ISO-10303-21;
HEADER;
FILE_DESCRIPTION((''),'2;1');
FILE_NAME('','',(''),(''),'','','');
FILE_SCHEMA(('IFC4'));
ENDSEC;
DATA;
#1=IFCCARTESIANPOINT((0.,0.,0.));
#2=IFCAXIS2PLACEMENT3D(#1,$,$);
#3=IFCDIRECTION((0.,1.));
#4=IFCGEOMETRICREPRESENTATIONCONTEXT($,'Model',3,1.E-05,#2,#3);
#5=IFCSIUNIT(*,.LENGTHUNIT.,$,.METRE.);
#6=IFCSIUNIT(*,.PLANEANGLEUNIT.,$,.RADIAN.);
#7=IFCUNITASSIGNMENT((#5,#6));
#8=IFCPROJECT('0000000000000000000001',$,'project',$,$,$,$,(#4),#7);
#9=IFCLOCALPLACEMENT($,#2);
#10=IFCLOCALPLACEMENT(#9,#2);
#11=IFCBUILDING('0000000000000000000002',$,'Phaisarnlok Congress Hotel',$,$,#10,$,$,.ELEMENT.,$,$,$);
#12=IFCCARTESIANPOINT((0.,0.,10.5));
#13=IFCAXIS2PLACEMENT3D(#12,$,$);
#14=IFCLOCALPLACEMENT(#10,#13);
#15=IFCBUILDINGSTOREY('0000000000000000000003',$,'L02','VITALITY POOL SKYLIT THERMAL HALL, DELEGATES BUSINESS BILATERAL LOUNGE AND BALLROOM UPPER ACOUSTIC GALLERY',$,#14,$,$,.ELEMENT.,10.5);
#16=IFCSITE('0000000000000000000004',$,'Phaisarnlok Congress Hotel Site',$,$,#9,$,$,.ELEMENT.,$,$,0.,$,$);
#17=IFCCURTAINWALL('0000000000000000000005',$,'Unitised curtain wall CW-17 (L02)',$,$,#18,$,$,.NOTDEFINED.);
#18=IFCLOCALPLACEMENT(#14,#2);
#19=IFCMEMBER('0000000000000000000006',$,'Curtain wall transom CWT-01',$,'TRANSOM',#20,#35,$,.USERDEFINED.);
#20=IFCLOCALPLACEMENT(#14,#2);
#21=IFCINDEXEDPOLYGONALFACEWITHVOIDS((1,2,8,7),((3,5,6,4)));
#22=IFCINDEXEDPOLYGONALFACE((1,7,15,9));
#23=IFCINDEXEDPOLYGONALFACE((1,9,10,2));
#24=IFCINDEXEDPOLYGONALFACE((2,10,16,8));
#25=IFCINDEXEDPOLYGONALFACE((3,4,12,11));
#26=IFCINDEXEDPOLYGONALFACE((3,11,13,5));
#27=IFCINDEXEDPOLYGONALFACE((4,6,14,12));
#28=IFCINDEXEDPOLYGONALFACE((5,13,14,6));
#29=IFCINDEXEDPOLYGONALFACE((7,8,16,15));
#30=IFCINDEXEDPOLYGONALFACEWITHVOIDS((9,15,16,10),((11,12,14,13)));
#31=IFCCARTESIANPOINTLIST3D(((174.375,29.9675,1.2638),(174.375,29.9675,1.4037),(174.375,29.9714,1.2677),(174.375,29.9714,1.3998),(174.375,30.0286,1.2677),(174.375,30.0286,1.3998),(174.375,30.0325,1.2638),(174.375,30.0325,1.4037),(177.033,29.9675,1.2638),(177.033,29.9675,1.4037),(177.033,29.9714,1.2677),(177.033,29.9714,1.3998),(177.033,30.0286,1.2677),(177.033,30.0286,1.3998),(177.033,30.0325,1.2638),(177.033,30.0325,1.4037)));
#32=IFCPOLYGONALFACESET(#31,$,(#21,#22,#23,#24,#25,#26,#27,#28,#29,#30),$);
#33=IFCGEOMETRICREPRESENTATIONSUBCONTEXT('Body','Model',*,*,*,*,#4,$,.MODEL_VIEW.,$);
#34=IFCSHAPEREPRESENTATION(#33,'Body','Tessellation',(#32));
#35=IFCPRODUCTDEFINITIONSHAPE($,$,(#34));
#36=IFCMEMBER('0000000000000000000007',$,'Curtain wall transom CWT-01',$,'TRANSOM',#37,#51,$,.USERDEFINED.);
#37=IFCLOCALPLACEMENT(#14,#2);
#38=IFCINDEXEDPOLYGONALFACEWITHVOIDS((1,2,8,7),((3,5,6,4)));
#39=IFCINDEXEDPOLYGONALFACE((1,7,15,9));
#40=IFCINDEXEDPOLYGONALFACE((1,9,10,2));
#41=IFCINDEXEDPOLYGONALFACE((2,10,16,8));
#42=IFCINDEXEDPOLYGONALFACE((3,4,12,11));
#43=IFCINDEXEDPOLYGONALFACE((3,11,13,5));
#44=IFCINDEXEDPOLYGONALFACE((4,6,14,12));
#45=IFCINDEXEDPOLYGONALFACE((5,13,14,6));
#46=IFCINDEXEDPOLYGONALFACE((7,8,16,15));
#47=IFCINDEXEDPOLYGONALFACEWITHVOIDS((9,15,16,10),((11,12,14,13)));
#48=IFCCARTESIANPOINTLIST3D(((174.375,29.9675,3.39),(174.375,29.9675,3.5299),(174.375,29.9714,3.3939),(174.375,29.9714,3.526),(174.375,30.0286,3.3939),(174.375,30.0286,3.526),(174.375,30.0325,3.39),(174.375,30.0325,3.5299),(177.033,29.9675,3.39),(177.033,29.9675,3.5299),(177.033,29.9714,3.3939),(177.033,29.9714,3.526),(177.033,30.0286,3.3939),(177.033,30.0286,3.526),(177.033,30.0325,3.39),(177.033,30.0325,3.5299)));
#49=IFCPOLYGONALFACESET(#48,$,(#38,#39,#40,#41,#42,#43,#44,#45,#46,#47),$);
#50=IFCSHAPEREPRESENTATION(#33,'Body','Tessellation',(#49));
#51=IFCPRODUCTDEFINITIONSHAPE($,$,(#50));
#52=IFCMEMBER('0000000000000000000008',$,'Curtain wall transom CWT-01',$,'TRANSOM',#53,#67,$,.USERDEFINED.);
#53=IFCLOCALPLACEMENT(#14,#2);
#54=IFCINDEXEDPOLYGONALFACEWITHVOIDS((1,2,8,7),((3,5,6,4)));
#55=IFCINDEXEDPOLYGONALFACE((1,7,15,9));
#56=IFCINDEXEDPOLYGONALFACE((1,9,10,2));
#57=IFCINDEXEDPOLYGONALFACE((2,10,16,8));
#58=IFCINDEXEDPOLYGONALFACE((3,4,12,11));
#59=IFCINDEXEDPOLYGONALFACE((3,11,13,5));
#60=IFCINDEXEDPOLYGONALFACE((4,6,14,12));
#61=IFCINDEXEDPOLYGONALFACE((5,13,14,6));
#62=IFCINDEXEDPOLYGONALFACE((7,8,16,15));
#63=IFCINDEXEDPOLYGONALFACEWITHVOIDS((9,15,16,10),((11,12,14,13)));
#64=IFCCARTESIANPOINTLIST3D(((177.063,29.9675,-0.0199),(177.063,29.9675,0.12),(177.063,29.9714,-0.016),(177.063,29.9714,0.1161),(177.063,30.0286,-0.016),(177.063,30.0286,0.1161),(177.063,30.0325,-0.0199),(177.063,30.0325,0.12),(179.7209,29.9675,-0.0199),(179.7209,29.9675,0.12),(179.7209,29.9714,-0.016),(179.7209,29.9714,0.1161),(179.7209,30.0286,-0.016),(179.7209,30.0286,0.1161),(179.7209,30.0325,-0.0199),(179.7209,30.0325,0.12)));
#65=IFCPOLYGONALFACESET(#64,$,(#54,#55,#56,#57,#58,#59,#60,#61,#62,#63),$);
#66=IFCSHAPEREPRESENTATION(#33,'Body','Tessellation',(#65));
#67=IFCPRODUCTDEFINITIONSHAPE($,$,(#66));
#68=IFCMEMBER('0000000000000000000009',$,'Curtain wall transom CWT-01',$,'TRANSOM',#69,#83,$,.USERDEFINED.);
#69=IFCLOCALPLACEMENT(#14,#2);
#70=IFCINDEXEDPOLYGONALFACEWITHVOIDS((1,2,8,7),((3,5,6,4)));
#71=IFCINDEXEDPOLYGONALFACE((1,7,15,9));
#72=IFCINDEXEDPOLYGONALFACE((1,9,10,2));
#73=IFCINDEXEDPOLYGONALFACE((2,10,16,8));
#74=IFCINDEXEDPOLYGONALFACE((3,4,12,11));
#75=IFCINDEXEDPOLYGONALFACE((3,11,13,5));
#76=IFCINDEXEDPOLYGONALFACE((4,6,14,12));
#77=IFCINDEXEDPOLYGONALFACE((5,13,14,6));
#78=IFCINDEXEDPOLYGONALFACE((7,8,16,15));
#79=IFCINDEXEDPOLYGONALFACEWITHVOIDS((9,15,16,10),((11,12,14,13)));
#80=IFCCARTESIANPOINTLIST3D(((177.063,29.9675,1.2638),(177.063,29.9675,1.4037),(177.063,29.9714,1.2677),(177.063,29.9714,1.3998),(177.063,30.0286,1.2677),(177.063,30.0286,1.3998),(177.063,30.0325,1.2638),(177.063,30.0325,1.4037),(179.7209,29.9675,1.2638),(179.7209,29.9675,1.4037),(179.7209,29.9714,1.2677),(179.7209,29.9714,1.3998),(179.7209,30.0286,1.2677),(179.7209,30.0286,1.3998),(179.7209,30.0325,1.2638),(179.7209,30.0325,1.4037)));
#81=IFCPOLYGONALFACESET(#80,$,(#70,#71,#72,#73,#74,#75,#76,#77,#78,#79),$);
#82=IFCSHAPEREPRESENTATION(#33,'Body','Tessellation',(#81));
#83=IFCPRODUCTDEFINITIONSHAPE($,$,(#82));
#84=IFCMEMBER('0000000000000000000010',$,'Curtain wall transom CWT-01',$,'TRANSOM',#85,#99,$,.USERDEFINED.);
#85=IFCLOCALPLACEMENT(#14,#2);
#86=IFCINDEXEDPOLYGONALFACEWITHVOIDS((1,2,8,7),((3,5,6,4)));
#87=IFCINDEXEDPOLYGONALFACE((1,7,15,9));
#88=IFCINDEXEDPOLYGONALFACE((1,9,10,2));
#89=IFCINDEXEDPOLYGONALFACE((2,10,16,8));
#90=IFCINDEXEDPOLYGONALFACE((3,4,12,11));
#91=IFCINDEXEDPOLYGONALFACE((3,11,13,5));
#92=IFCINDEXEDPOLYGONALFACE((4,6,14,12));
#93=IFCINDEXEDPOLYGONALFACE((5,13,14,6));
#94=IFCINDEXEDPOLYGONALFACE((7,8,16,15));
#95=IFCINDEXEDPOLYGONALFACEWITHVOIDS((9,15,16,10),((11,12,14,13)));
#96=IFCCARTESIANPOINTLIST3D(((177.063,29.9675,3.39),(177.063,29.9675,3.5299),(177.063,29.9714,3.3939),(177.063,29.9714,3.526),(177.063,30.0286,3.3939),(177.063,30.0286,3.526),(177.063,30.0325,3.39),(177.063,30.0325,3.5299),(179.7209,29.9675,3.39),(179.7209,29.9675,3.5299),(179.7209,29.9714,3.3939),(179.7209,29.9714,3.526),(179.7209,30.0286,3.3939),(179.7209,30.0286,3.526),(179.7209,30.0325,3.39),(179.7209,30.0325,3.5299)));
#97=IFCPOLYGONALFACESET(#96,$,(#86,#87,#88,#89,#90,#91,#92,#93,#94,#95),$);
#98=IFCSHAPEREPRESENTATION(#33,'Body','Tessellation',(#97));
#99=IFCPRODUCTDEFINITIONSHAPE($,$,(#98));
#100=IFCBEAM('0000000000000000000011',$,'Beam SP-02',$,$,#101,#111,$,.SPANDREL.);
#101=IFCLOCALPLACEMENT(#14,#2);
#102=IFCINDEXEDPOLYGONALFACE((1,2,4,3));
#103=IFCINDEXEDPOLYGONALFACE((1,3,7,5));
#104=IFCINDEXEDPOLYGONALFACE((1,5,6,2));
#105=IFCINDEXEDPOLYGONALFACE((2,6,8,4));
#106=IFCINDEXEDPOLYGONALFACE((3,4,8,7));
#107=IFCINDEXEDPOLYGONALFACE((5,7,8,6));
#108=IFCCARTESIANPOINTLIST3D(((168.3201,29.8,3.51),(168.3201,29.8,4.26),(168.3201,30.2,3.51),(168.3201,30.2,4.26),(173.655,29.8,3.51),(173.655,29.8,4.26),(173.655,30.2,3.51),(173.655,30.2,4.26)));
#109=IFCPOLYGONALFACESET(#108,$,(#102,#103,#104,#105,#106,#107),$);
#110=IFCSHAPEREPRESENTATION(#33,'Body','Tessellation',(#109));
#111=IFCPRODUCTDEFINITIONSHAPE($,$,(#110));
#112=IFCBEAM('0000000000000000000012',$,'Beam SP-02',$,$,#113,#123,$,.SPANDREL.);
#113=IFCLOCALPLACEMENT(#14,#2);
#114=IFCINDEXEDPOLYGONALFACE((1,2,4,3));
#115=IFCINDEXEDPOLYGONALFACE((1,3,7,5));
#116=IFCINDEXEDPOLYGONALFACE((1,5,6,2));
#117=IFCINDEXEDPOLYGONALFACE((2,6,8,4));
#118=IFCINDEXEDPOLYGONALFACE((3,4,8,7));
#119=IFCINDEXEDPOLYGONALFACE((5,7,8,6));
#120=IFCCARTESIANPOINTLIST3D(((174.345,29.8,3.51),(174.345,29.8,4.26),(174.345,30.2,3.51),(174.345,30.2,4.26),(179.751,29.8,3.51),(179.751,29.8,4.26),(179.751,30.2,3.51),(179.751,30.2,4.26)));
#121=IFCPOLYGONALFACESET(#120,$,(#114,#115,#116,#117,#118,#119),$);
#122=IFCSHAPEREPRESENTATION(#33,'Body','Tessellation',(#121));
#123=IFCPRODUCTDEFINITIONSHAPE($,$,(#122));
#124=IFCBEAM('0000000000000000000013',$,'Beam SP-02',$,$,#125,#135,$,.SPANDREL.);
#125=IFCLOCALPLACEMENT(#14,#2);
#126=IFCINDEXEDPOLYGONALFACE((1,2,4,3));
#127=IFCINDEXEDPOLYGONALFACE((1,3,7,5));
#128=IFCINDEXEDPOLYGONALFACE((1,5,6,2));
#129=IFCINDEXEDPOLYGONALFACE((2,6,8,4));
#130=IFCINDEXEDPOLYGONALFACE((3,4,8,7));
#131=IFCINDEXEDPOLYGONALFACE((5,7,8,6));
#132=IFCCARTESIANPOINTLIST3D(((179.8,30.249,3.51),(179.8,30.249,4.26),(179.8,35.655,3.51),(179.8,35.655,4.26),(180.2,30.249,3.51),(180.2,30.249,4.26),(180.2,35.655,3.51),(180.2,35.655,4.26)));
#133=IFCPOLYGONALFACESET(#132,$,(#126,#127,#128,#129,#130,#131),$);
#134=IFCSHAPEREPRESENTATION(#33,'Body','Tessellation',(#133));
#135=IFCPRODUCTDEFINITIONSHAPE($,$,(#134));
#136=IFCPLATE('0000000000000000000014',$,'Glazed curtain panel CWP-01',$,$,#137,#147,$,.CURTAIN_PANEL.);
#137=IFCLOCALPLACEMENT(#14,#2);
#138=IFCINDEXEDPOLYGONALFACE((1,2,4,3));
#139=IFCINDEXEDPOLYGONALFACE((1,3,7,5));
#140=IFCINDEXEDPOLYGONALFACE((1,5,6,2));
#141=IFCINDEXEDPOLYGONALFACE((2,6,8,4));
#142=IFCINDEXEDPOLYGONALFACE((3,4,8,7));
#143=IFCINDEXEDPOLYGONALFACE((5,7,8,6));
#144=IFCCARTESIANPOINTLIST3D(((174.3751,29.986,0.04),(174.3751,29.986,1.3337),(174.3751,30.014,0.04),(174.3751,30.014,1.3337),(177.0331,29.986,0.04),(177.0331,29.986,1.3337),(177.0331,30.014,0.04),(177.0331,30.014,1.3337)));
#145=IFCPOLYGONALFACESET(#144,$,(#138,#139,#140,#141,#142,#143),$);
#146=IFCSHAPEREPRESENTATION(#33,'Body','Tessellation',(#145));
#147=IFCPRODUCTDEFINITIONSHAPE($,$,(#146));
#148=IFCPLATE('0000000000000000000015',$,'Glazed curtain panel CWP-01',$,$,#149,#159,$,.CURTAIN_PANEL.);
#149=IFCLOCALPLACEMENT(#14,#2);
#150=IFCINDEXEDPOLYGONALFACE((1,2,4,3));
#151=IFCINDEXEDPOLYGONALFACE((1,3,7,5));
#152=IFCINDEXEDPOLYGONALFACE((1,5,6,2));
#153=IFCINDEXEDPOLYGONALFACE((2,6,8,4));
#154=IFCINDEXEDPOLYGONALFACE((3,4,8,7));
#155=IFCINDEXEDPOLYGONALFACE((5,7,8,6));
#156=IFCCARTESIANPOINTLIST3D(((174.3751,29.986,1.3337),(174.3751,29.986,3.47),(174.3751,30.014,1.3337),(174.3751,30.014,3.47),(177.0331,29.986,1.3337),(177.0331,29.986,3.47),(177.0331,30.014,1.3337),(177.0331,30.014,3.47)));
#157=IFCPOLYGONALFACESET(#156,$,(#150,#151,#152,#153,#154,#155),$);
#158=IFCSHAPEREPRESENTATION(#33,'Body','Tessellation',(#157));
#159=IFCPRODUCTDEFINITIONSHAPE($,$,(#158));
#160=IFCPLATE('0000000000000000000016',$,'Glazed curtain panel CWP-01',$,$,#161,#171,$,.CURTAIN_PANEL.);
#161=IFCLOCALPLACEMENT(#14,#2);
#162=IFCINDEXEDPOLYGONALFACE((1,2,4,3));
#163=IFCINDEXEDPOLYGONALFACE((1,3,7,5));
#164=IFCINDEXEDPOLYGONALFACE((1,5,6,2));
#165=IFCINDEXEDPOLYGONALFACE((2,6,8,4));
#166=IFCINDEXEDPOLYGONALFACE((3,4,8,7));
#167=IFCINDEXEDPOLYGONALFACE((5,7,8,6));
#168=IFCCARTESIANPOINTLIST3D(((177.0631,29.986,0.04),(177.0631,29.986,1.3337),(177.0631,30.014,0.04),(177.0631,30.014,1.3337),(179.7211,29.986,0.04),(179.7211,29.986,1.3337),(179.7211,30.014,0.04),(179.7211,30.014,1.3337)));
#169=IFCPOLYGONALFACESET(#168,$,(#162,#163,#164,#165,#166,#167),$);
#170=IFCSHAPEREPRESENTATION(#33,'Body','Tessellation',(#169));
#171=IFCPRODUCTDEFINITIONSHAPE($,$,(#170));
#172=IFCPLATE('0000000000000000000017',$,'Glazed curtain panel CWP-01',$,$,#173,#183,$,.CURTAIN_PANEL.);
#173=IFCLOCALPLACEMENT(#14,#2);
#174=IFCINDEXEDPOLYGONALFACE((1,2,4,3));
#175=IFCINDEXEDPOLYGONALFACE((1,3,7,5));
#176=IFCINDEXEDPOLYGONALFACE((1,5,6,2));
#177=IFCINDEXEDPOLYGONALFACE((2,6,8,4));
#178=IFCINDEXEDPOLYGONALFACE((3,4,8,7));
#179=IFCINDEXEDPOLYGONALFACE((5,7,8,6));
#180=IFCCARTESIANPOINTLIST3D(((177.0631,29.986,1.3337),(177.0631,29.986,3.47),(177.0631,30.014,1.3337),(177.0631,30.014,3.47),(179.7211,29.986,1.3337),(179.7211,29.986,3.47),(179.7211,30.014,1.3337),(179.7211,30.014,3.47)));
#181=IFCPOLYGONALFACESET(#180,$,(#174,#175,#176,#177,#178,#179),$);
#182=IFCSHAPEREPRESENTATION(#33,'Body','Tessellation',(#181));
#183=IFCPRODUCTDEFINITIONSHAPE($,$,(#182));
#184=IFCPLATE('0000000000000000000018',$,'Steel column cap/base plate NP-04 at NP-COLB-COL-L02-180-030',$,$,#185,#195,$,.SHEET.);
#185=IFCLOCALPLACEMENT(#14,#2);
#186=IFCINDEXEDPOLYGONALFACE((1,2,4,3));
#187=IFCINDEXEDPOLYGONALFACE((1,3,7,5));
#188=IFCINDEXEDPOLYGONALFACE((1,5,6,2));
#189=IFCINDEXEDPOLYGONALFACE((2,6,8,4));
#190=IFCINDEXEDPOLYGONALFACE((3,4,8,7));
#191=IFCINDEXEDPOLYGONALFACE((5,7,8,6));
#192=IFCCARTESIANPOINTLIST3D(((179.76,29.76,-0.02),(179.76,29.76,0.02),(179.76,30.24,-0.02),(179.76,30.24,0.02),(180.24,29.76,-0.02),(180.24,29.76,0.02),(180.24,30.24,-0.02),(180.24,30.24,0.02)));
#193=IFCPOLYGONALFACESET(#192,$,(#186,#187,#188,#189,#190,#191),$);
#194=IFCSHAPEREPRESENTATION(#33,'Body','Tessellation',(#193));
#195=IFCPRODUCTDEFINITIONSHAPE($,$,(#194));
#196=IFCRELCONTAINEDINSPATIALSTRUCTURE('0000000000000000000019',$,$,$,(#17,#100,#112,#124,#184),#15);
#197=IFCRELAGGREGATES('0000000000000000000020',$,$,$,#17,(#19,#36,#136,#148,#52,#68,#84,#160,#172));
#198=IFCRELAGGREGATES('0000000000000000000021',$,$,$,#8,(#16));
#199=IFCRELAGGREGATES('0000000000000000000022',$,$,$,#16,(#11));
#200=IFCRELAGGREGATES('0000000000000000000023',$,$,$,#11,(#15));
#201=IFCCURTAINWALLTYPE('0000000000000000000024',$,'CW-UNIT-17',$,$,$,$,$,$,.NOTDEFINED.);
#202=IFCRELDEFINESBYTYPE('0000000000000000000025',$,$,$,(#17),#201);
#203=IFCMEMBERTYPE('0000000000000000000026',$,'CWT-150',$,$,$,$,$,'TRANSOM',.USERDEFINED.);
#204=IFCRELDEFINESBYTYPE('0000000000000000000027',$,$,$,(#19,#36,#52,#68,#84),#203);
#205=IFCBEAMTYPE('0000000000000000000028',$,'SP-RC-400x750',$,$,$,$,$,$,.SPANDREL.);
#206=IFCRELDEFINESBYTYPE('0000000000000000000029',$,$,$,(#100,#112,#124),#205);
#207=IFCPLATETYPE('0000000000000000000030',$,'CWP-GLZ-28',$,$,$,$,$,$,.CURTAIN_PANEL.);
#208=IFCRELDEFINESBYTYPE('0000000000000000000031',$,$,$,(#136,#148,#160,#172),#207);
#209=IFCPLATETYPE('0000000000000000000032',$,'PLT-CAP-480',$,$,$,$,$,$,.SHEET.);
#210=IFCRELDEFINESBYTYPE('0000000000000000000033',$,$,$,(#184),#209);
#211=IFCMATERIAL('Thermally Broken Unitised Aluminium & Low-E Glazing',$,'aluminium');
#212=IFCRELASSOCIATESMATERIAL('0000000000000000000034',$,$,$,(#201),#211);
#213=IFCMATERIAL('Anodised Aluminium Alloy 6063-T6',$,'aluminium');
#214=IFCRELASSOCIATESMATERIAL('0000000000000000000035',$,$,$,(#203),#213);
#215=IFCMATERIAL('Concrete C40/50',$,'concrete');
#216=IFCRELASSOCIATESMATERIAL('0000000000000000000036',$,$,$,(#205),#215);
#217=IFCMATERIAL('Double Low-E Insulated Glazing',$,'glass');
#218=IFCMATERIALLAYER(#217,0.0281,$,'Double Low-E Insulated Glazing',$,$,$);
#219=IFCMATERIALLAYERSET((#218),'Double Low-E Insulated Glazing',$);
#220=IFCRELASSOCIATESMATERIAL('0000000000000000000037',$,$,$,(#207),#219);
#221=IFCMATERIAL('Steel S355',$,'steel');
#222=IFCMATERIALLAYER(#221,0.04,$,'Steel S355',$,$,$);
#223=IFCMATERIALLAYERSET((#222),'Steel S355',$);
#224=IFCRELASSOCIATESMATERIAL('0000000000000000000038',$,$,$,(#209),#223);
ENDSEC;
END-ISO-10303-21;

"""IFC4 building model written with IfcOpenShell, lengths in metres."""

from ifc_helpers import new_model, si_unit, direction, frame, frame_2d, origin, origin_2d, place, context, subcontext, project, spatial, rectangle, hollow_rectangle, extrude, material, layer, layer_set, material_profile, profile_set, type_object, element, aggregate, save


model = new_model("IFC4")

# Units and contexts
model_context = context("Model", 3, precision=1e-05, world=origin(), true_north=direction((0.0, 1.0)))
body_context = subcontext(model_context, "Body", "Model", "MODEL_VIEW")
ifc_project = project(units=[si_unit("LENGTHUNIT", "METRE"), si_unit("PLANEANGLEUNIT", "RADIAN")], contexts=[model_context])

# Site, building, storey
site_placement = place(None, origin())
site = spatial("IfcSite", under=ifc_project, at=site_placement, Name="Phaisarnlok Congress Hotel Site", CompositionType="ELEMENT", RefElevation=0.0)
building_placement = place(site_placement, origin())
building = spatial("IfcBuilding", under=site, at=building_placement, Name="Phaisarnlok Congress Hotel", CompositionType="ELEMENT")
storey_placement = place(building_placement, frame((0.0, 0.0, 10.5)))
storey = spatial("IfcBuildingStorey", under=building, at=storey_placement, Name="L02", Description="VITALITY POOL SKYLIT THERMAL HALL, DELEGATES BUSINESS BILATERAL LOUNGE AND BALLROOM UPPER ACOUSTIC GALLERY", CompositionType="ELEMENT", Elevation=10.5)

# Shared definitions
ifc_material_1 = material(Name="Steel S355", Category="steel")

# Shared definitions
ifc_material_2 = material(Name="Concrete C40/50", Category="concrete")

# Curtain wall, members
ifc_material_3 = material(Name="Thermally Broken Unitised Aluminium & Low-E Glazing", Category="aluminium")
curtain_wall_type = type_object("IfcCurtainWallType", Name="CW-UNIT-17", PredefinedType="NOTDEFINED", material=ifc_material_3)
curtain_wall_placement = place(storey_placement, origin())
curtain_wall = element("IfcCurtainWall", 1, at=curtain_wall_placement, inside=storey, type_object=curtain_wall_type, Name="Unitised curtain wall CW-17 (L02)", PredefinedType="NOTDEFINED")
ifc_material_4 = material(Name="Anodised Aluminium Alloy 6063-T6", Category="aluminium")
ifc_material_profile_1 = material_profile(ifc_material_4, hollow_rectangle(XDim=0.0649, YDim=0.1399, WallThickness=0.0039, at=origin_2d()), Name="ALU-T 65x140x4")
ifc_profile_set_1 = profile_set([ifc_material_profile_1], Name="Anodised Aluminium Alloy 6063-T6")
member_type_1 = type_object("IfcMemberType", Name="CWT-150", ElementType="TRANSOM", PredefinedType="USERDEFINED", material=ifc_profile_set_1)
member_1_placement = place(storey_placement, frame((174.375, 30.0, 1.3337), z_axis=(1.0, 0.0, 0.0), x_axis=(0.0, 1.0, 0.0)))
member_1 = element("IfcMember", 2, at=member_1_placement, type_object=member_type_1, Name="Curtain wall transom CWT-01", ObjectType="TRANSOM", PredefinedType="USERDEFINED", context=body_context, shape_type="SweptSolid", body=[
    extrude(hollow_rectangle(XDim=0.0649, YDim=0.1399, WallThickness=0.0039, at=origin_2d()), origin(), (0.0, 0.0, 1.0), 2.658),
])
member_2_placement = place(storey_placement, frame((174.375, 30.0, 3.46), z_axis=(1.0, 0.0, 0.0), x_axis=(0.0, 1.0, 0.0)))
member_2 = element("IfcMember", 3, at=member_2_placement, type_object=member_type_1, Name="Curtain wall transom CWT-01", ObjectType="TRANSOM", PredefinedType="USERDEFINED", context=body_context, shape_type="SweptSolid", body=[
    extrude(hollow_rectangle(XDim=0.0649, YDim=0.1399, WallThickness=0.0039, at=origin_2d()), origin(), (0.0, 0.0, 1.0), 2.658),
])
member_3_placement = place(storey_placement, frame((177.063, 30.0, 0.05), z_axis=(1.0, 0.0, 0.0), x_axis=(0.0, 1.0, 0.0)))
member_3 = element("IfcMember", 4, at=member_3_placement, type_object=member_type_1, Name="Curtain wall transom CWT-01", ObjectType="TRANSOM", PredefinedType="USERDEFINED", context=body_context, shape_type="SweptSolid", body=[
    extrude(hollow_rectangle(XDim=0.0649, YDim=0.1399, WallThickness=0.0039, at=origin_2d()), origin(), (0.0, 0.0, 1.0), 2.658),
])
member_4_placement = place(storey_placement, frame((177.063, 30.0, 1.3337), z_axis=(1.0, 0.0, 0.0), x_axis=(0.0, 1.0, 0.0)))
member_4 = element("IfcMember", 5, at=member_4_placement, type_object=member_type_1, Name="Curtain wall transom CWT-01", ObjectType="TRANSOM", PredefinedType="USERDEFINED", context=body_context, shape_type="SweptSolid", body=[
    extrude(hollow_rectangle(XDim=0.0649, YDim=0.1399, WallThickness=0.0039, at=origin_2d()), origin(), (0.0, 0.0, 1.0), 2.658),
])
member_5_placement = place(storey_placement, frame((177.063, 30.0, 3.46), z_axis=(1.0, 0.0, 0.0), x_axis=(0.0, 1.0, 0.0)))
member_5 = element("IfcMember", 6, at=member_5_placement, type_object=member_type_1, Name="Curtain wall transom CWT-01", ObjectType="TRANSOM", PredefinedType="USERDEFINED", context=body_context, shape_type="SweptSolid", body=[
    extrude(hollow_rectangle(XDim=0.0649, YDim=0.1399, WallThickness=0.0039, at=origin_2d()), origin(), (0.0, 0.0, 1.0), 2.658),
])

# Beams
ifc_material_profile_2 = material_profile(ifc_material_2, rectangle(XDim=0.3999, YDim=0.75, at=origin_2d()), Name="RC 400x750")
ifc_profile_set_2 = profile_set([ifc_material_profile_2], Name="Concrete C40/50")
beam_type_1 = type_object("IfcBeamType", Name="SP-RC-400x750", PredefinedType="SPANDREL", material=ifc_profile_set_2)
beam_1_placement = place(storey_placement, frame((168.3201, 30.0, 3.885), z_axis=(1.0, 0.0, 0.0), x_axis=(0.0, 1.0, 0.0)))
element("IfcBeam", 7, at=beam_1_placement, inside=storey, type_object=beam_type_1, Name="Beam SP-02", PredefinedType="SPANDREL", context=body_context, shape_type="SweptSolid", body=[
    extrude(rectangle(XDim=0.3999, YDim=0.75, at=origin_2d()), origin(), (0.0, 0.0, 1.0), 5.335),
])
for number, where, z_axis, x_axis, name in (
    (8, (174.345, 30.0, 3.885), (1.0, 0.0, 0.0), (0.0, 1.0, 0.0), "Beam SP-02"),
    (9, (180.0, 30.249, 3.885), (0.0, 1.0, 0.0), (-1.0, 0.0, 0.0), "Beam SP-02"),
):
    element("IfcBeam", number, at=place(storey_placement, frame(where, z_axis=z_axis, x_axis=x_axis)), inside=storey, type_object=beam_type_1, Name=name, PredefinedType="SPANDREL", context=body_context, shape_type="SweptSolid", body=[
        extrude(rectangle(XDim=0.3999, YDim=0.75, at=origin_2d()), origin(), (0.0, 0.0, 1.0), 5.406),
    ])

# Plates
ifc_material_5 = material(Name="Double Low-E Insulated Glazing", Category="glass")
ifc_layer_1 = layer(ifc_material_5, 0.0281, Name="Double Low-E Insulated Glazing")
ifc_layer_set_1 = layer_set([ifc_layer_1], Name="Double Low-E Insulated Glazing")
plate_type_1 = type_object("IfcPlateType", Name="CWP-GLZ-28", PredefinedType="CURTAIN_PANEL", material=ifc_layer_set_1)
plate_1_placement = place(storey_placement, frame((174.375, 30.0, 0.04), z_axis=(0.0, 0.0, 1.0), x_axis=(1.0, 0.0, 0.0)))
plate_1 = element("IfcPlate", 10, at=plate_1_placement, type_object=plate_type_1, Name="Glazed curtain panel CWP-01", PredefinedType="CURTAIN_PANEL", context=body_context, shape_type="SweptSolid", body=[
    extrude(rectangle(XDim=2.658, YDim=0.0281, at=frame_2d((1.3291, 0.0))), origin(), (0.0, 0.0, 1.0), 1.2937),
])
plate_2_placement = place(storey_placement, frame((174.375, 30.0, 1.3337), z_axis=(0.0, 0.0, 1.0), x_axis=(1.0, 0.0, 0.0)))
plate_2 = element("IfcPlate", 11, at=plate_2_placement, type_object=plate_type_1, Name="Glazed curtain panel CWP-01", PredefinedType="CURTAIN_PANEL", context=body_context, shape_type="SweptSolid", body=[
    extrude(rectangle(XDim=2.658, YDim=0.0281, at=frame_2d((1.3291, 0.0))), origin(), (0.0, 0.0, 1.0), 2.1362),
])
plate_3_placement = place(storey_placement, frame((177.063, 30.0, 0.04), z_axis=(0.0, 0.0, 1.0), x_axis=(1.0, 0.0, 0.0)))
plate_3 = element("IfcPlate", 12, at=plate_3_placement, type_object=plate_type_1, Name="Glazed curtain panel CWP-01", PredefinedType="CURTAIN_PANEL", context=body_context, shape_type="SweptSolid", body=[
    extrude(rectangle(XDim=2.658, YDim=0.0281, at=frame_2d((1.3291, 0.0))), origin(), (0.0, 0.0, 1.0), 1.2937),
])
plate_4_placement = place(storey_placement, frame((177.063, 30.0, 1.3337), z_axis=(0.0, 0.0, 1.0), x_axis=(1.0, 0.0, 0.0)))
plate_4 = element("IfcPlate", 13, at=plate_4_placement, type_object=plate_type_1, Name="Glazed curtain panel CWP-01", PredefinedType="CURTAIN_PANEL", context=body_context, shape_type="SweptSolid", body=[
    extrude(rectangle(XDim=2.658, YDim=0.0281, at=frame_2d((1.3291, 0.0))), origin(), (0.0, 0.0, 1.0), 2.1362),
])
aggregate(curtain_wall, [member_1, member_2, plate_1, plate_2, member_3, member_4, member_5, plate_3, plate_4])

# Plate
ifc_layer_2 = layer(ifc_material_1, 0.04, Name="Steel S355")
ifc_layer_set_2 = layer_set([ifc_layer_2], Name="Steel S355")
plate_type_2 = type_object("IfcPlateType", Name="PLT-CAP-480", PredefinedType="SHEET", material=ifc_layer_set_2)
for number, where, z_axis, x_axis, name in (
    (14, (180.0, 30.0, -0.02), (0.0, 0.0, 1.0), (1.0, 0.0, 0.0), "Steel column cap/base plate NP-04 at NP-COLB-COL-L02-180-030"),
):
    element("IfcPlate", number, at=place(storey_placement, frame(where, z_axis=z_axis, x_axis=x_axis)), inside=storey, type_object=plate_type_2, Name=name, PredefinedType="SHEET", context=body_context, shape_type="SweptSolid", body=[
        extrude(rectangle(XDim=0.48, YDim=0.48, at=origin_2d()), origin(), (0.0, 0.0, 1.0), 0.04),
    ])

save(model, "model.ifc")
